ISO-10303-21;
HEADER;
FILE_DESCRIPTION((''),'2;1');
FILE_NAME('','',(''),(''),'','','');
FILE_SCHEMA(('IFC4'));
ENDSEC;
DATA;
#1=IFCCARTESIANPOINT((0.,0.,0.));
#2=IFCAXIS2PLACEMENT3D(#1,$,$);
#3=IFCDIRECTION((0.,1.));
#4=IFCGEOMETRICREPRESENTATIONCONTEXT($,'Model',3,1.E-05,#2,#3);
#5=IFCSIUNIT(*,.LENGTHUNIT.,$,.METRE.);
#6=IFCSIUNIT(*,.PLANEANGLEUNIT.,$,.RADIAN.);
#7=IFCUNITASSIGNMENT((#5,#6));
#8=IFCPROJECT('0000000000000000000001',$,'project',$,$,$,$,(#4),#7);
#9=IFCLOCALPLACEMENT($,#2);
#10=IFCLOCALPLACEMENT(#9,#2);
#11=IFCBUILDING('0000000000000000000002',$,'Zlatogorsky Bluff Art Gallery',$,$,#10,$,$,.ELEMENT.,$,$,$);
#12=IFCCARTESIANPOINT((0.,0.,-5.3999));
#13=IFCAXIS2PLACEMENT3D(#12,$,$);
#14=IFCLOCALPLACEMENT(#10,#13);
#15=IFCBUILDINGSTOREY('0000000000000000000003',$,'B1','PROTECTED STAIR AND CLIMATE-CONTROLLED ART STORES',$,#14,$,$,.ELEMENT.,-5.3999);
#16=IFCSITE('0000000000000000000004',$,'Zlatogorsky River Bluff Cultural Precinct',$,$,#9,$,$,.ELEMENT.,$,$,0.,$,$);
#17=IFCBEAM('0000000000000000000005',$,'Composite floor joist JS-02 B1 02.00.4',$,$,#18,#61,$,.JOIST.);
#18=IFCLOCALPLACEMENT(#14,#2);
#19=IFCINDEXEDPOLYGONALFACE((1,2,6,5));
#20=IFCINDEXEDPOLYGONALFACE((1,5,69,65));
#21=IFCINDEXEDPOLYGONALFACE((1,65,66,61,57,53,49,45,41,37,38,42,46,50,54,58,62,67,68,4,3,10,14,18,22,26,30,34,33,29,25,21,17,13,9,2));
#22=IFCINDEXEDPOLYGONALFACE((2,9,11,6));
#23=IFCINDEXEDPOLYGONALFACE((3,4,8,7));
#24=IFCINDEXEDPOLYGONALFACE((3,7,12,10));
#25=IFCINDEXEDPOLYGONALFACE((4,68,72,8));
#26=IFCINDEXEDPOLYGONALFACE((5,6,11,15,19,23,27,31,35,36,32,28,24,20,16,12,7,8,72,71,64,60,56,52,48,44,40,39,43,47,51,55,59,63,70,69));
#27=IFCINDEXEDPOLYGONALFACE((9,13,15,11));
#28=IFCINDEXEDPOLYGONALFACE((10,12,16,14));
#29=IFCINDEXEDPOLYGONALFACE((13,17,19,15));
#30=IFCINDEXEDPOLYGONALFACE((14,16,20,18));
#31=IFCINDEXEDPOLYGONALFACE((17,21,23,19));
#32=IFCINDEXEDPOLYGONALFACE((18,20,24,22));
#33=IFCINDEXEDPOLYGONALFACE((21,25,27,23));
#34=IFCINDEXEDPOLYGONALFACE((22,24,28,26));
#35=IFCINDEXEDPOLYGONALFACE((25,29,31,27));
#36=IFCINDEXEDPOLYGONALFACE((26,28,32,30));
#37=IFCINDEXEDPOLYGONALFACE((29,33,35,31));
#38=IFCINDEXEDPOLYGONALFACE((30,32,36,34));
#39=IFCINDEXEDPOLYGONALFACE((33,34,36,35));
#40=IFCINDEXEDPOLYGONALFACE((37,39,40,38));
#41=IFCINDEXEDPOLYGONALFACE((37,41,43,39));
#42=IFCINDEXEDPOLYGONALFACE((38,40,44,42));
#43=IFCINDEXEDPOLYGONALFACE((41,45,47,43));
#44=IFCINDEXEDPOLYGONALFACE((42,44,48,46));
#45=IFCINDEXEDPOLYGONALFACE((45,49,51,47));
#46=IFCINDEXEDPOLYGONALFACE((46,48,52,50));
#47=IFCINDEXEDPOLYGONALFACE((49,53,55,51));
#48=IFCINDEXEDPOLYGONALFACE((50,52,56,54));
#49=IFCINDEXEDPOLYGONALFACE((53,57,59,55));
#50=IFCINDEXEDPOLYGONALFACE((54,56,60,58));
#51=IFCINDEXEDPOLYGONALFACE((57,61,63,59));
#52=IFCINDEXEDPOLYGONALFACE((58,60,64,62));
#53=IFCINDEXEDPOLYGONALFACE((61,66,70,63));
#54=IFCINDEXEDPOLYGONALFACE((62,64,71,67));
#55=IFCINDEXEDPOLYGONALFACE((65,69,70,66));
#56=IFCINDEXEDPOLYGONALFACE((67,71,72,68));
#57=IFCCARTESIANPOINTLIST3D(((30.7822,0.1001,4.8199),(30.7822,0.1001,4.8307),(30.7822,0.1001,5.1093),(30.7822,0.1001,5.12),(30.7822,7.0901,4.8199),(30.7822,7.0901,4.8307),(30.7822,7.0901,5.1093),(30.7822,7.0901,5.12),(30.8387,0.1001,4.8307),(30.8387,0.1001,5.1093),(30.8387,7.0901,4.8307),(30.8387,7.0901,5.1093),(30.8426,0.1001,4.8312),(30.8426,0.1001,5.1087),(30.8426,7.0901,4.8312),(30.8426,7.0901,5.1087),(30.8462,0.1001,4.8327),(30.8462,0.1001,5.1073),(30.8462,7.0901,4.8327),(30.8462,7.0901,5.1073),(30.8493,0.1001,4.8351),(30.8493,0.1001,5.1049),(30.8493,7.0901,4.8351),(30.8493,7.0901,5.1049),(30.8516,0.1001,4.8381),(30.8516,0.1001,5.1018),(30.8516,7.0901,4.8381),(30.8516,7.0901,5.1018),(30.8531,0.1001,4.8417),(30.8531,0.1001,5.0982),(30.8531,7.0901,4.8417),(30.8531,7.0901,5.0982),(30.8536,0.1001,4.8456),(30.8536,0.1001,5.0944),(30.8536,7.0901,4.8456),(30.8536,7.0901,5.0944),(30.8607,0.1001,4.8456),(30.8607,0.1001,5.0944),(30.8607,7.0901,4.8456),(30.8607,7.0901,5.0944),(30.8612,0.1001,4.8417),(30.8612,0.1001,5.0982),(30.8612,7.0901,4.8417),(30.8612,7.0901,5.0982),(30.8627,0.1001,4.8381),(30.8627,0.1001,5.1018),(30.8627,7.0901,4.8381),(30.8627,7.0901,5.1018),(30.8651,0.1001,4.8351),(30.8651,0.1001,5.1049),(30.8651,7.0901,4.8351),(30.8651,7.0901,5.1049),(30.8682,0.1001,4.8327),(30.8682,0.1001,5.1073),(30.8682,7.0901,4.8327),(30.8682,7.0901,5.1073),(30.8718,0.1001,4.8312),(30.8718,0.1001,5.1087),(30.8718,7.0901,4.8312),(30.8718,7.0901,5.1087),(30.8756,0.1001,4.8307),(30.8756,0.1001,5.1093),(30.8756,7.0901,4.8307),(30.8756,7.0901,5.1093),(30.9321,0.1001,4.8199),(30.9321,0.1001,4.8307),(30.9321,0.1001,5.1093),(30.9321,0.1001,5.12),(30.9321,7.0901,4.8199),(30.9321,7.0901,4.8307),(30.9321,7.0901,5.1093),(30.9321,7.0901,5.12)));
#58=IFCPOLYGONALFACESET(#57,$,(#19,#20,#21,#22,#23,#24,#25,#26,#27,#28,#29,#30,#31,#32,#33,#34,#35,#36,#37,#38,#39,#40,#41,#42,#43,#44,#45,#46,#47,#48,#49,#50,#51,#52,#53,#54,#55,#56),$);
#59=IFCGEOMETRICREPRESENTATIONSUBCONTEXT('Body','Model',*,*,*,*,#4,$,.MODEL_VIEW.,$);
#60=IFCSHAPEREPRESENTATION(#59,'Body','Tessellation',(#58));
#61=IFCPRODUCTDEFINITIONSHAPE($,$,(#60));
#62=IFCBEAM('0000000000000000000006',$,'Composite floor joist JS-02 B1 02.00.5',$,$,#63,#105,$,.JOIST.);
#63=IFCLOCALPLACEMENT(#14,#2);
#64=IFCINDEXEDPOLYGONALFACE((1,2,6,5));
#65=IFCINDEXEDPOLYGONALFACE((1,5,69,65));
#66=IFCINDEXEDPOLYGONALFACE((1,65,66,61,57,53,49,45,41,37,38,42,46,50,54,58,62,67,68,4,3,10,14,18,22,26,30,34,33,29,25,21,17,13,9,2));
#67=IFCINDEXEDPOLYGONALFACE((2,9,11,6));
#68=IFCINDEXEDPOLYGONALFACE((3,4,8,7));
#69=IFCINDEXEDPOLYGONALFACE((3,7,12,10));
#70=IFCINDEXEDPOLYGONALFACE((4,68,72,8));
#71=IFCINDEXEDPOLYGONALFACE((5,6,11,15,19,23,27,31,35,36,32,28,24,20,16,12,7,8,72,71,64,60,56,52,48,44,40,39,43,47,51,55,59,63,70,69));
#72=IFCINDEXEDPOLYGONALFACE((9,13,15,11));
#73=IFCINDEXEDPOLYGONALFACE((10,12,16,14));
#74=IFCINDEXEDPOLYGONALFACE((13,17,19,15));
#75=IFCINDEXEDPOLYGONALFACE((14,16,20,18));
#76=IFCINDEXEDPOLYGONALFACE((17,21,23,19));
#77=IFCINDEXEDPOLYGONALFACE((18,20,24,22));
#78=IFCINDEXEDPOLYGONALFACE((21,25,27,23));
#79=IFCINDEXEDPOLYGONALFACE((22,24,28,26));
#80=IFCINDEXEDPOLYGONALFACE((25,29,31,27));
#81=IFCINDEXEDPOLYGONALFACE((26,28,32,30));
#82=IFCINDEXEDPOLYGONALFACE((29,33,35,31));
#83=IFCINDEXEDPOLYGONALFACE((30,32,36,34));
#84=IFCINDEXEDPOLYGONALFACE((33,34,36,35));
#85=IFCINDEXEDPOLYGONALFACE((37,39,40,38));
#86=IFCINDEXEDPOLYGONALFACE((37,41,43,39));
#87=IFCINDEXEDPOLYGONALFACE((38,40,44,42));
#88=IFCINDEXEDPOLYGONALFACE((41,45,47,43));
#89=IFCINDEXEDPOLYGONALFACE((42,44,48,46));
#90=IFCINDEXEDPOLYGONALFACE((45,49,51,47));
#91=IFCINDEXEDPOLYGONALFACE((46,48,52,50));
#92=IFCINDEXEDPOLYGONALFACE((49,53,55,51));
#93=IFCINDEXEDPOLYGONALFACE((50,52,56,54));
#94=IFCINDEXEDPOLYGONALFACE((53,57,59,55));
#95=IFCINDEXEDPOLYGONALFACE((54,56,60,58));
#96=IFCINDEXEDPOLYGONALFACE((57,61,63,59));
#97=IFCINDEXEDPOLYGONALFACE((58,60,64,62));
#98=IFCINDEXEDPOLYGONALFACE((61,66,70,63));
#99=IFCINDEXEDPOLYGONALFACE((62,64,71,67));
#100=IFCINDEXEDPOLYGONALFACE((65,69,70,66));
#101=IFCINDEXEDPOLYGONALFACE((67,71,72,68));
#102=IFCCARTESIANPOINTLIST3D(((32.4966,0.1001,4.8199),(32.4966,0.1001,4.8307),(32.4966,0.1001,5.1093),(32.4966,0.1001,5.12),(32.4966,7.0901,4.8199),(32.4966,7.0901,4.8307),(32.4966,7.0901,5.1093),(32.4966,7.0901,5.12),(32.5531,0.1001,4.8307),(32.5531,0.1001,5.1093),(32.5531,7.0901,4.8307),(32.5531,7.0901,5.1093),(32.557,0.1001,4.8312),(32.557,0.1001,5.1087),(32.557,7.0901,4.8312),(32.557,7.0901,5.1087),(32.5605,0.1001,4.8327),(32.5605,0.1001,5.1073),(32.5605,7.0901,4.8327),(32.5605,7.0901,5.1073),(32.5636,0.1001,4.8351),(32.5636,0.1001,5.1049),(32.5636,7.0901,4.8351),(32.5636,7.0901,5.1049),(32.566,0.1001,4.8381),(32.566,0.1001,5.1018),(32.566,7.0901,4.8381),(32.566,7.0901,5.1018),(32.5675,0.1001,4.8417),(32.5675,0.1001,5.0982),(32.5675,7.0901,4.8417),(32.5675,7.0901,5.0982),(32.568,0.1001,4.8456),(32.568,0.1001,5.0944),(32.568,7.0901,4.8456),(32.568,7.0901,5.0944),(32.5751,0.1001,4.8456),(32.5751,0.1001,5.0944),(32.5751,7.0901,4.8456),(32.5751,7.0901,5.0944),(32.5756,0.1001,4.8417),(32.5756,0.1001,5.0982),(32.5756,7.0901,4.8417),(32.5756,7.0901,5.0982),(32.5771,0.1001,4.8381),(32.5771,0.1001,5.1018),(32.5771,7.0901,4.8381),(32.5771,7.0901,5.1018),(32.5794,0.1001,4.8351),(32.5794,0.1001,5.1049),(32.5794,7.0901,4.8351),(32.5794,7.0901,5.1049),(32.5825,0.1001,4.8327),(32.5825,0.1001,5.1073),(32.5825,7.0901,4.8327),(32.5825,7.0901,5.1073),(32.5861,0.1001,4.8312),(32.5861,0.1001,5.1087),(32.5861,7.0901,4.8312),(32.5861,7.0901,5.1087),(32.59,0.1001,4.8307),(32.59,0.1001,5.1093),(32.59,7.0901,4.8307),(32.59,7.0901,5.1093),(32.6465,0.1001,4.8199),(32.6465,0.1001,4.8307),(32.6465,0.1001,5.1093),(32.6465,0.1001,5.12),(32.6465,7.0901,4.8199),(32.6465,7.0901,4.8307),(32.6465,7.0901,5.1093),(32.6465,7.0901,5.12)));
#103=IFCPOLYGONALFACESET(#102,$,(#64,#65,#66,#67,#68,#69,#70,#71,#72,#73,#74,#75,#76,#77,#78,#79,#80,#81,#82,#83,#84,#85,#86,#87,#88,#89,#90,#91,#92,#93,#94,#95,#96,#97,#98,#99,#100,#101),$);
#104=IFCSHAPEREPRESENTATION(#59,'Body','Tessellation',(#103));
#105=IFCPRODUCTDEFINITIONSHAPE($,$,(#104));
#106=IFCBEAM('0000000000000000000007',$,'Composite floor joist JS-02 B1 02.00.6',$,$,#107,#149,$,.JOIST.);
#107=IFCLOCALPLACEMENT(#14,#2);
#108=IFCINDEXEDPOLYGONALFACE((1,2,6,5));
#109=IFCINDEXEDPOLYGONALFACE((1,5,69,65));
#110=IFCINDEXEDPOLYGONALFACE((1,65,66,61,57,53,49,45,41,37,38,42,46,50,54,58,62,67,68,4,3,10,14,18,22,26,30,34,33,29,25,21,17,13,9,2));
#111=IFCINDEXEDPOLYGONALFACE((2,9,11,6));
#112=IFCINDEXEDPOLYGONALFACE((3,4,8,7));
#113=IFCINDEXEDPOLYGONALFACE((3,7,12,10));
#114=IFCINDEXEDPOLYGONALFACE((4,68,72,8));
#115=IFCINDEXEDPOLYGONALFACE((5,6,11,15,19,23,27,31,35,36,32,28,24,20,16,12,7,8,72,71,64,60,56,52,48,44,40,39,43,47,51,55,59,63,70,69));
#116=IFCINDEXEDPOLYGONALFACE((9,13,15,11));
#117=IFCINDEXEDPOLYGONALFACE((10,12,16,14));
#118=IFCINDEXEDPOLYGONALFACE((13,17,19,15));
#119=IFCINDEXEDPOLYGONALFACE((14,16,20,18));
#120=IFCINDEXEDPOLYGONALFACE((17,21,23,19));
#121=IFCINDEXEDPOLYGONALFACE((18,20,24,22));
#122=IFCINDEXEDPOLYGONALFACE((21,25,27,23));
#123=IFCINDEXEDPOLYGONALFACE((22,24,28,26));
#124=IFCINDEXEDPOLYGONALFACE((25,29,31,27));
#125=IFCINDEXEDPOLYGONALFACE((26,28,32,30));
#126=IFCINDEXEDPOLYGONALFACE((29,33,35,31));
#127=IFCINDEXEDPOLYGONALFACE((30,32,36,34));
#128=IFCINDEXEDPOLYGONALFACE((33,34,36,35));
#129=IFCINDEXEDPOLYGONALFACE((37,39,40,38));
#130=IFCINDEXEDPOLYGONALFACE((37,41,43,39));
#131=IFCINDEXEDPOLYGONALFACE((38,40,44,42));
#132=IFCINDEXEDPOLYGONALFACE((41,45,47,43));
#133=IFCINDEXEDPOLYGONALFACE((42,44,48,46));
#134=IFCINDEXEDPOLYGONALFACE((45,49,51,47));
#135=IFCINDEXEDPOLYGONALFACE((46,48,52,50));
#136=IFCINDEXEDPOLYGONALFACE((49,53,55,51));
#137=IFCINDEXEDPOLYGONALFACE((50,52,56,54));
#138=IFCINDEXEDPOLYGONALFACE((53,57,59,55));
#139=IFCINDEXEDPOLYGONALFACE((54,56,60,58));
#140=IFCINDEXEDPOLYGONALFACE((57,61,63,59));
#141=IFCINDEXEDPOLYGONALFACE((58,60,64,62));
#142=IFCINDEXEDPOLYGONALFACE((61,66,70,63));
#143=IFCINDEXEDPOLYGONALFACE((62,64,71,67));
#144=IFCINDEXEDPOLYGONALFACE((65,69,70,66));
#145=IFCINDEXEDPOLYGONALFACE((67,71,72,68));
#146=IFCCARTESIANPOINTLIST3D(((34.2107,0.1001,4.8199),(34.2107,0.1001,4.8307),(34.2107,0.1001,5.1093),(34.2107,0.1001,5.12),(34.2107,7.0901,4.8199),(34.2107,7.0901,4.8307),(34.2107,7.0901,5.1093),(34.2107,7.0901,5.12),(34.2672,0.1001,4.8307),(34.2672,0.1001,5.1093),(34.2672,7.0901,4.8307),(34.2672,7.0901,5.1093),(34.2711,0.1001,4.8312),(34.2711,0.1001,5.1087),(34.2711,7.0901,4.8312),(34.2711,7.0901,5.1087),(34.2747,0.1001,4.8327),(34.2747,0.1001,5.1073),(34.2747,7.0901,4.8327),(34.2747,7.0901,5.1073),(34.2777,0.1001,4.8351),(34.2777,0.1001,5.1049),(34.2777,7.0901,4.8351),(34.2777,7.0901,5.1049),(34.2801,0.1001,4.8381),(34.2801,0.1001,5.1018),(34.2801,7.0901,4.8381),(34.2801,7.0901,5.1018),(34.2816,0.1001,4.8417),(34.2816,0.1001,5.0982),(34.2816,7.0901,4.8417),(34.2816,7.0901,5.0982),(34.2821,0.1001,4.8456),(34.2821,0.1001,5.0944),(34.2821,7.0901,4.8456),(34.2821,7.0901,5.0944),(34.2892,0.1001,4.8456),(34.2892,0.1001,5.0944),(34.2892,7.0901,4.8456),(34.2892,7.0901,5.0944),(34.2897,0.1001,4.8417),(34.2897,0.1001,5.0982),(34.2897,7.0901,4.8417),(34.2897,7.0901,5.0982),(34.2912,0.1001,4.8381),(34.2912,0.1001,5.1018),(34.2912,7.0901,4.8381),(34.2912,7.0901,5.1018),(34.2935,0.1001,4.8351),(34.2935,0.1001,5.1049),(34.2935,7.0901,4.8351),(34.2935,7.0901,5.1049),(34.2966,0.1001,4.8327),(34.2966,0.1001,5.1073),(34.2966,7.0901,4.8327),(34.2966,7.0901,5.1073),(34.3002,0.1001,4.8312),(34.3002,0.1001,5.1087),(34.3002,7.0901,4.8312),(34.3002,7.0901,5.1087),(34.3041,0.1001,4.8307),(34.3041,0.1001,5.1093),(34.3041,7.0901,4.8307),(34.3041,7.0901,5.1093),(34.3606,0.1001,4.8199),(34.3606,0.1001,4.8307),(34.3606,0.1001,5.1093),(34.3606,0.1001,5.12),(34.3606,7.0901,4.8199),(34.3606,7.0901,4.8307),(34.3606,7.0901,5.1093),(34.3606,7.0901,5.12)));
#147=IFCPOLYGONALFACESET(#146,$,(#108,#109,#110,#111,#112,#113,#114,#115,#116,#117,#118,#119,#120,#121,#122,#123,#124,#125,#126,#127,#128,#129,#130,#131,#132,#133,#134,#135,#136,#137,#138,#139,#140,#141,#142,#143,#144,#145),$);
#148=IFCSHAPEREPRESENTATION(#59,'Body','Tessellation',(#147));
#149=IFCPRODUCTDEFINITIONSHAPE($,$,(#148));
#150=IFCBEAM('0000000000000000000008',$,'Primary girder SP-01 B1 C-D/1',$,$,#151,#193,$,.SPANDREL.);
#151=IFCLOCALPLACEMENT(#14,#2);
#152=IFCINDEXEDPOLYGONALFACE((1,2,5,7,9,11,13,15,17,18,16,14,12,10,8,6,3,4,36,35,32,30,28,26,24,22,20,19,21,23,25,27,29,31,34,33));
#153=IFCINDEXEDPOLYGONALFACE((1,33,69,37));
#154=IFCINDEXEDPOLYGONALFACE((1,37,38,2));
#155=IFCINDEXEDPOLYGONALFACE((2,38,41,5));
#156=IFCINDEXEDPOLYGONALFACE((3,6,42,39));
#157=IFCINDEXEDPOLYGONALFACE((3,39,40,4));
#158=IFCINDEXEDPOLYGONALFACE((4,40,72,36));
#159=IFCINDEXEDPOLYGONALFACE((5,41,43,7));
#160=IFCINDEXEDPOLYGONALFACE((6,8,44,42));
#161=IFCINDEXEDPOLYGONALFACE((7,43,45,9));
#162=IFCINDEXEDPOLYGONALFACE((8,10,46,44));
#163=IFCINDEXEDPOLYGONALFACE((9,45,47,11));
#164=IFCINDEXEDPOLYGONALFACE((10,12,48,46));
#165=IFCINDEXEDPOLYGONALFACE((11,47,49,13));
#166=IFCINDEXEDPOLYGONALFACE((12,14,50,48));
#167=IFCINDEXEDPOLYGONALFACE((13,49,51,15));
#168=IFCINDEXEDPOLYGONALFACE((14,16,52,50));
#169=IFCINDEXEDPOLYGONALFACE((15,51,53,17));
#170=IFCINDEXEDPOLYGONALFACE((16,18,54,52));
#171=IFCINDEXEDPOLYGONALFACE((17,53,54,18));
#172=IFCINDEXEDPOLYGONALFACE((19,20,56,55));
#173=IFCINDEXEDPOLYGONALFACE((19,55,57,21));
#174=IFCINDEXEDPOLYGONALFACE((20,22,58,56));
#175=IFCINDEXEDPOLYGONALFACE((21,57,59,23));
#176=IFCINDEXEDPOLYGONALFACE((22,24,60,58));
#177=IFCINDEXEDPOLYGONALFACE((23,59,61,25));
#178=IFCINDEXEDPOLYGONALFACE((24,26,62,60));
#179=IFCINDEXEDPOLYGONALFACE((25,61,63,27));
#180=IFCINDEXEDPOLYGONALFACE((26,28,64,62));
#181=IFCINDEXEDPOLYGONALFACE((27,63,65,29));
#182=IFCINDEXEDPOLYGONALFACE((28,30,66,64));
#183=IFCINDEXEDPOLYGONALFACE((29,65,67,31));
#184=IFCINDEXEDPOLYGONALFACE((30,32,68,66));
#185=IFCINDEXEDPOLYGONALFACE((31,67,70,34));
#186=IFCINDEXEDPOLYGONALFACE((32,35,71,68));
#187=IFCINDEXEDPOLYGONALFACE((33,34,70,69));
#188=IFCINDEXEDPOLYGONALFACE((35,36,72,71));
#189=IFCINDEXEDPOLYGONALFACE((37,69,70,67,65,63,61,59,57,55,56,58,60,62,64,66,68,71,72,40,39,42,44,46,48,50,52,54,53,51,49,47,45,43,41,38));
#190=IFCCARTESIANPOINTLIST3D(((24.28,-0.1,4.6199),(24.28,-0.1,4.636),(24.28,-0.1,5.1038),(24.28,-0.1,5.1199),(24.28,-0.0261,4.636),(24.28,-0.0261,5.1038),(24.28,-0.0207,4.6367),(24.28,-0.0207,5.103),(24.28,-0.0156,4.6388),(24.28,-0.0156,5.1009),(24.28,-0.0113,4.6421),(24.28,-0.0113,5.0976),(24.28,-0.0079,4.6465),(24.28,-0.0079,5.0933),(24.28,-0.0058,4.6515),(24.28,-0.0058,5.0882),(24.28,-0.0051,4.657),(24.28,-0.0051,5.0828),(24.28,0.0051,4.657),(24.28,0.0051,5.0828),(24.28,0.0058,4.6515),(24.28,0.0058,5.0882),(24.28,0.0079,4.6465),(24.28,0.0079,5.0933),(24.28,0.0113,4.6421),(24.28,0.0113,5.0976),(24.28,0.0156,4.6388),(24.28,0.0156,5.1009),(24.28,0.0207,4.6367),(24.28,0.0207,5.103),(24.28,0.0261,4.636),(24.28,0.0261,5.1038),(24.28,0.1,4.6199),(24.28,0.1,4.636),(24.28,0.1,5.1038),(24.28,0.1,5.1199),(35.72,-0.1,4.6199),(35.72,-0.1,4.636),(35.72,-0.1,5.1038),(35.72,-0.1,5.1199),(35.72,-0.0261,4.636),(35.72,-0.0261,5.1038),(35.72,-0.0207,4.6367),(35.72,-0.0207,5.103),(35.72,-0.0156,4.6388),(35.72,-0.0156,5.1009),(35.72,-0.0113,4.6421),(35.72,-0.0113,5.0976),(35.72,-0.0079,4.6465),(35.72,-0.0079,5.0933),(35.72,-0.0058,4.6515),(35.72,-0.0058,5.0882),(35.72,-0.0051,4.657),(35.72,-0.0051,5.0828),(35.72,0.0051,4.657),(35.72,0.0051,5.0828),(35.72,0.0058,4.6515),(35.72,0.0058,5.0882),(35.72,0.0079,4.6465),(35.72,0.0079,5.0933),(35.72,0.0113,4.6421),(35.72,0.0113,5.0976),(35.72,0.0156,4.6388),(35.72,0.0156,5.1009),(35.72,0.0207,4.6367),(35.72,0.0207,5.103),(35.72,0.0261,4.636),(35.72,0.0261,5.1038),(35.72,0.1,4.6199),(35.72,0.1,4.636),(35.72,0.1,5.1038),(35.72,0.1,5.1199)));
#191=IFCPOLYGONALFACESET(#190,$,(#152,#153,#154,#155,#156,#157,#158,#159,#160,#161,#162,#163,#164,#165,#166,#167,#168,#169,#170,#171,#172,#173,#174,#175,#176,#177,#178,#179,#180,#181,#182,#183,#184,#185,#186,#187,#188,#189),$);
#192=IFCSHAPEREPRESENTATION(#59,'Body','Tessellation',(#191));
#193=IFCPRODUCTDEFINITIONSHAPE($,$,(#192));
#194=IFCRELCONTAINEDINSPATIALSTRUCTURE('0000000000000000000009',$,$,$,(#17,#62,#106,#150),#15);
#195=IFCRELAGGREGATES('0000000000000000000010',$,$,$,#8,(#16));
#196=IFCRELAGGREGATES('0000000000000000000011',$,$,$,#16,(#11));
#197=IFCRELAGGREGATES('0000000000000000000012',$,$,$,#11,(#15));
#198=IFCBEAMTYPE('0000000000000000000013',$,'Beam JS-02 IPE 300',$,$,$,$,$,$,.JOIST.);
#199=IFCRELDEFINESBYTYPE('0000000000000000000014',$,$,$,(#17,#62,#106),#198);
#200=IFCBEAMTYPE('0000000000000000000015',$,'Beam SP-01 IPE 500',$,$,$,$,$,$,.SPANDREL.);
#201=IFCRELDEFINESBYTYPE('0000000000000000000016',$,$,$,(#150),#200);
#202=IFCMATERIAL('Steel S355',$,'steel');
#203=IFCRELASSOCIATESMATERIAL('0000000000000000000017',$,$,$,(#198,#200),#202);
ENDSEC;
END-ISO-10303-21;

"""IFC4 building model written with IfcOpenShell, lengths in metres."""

from ifc_helpers import new_model, si_unit, direction, frame, origin, origin_2d, place, context, subcontext, project, spatial, i_section, extrude, material, material_profile, profile_set, type_object, element, save


model = new_model("IFC4")

# Units and contexts
model_context = context("Model", 3, precision=1e-05, world=origin(), true_north=direction((0.0, 1.0)))
body_context = subcontext(model_context, "Body", "Model", "MODEL_VIEW")
ifc_project = project(units=[si_unit("LENGTHUNIT", "METRE"), si_unit("PLANEANGLEUNIT", "RADIAN")], contexts=[model_context])

# Site, building, storey
site_placement = place(None, origin())
site = spatial("IfcSite", under=ifc_project, at=site_placement, Name="Zlatogorsky River Bluff Cultural Precinct", CompositionType="ELEMENT", RefElevation=0.0)
building_placement = place(site_placement, origin())
building = spatial("IfcBuilding", under=site, at=building_placement, Name="Zlatogorsky Bluff Art Gallery", CompositionType="ELEMENT")
storey_placement = place(building_placement, frame((0.0, 0.0, -5.3999)))
storey = spatial("IfcBuildingStorey", under=building, at=storey_placement, Name="B1", Description="PROTECTED STAIR AND CLIMATE-CONTROLLED ART STORES", CompositionType="ELEMENT", Elevation=-5.3999)

# Beams
ifc_material_1 = material(Name="Steel S355", Category="steel")
ifc_material_profile_1 = material_profile(ifc_material_1, i_section(OverallWidth=0.1499, OverallDepth=0.3, WebThickness=0.0071, FlangeThickness=0.0107, FilletRadius=0.0149, at=origin_2d()), Name="IPE 300")
ifc_profile_set_1 = profile_set([ifc_material_profile_1], Name="Steel S355")
beam_type_1 = type_object("IfcBeamType", Name="Beam JS-02 IPE 300", PredefinedType="JOIST", material=ifc_profile_set_1)
for number, where, z_axis, x_axis, name in (
    (1, (30.8572, 0.1001, 4.97), (0.0, 1.0, 0.0), (-1.0, 0.0, 0.0), "Composite floor joist JS-02 B1 02.00.4"),
    (2, (32.5715, 0.1001, 4.97), (0.0, 1.0, 0.0), (-1.0, 0.0, 0.0), "Composite floor joist JS-02 B1 02.00.5"),
    (3, (34.2856, 0.1001, 4.97), (0.0, 1.0, 0.0), (-1.0, 0.0, 0.0), "Composite floor joist JS-02 B1 02.00.6"),
):
    element("IfcBeam", number, at=place(storey_placement, frame(where, z_axis=z_axis, x_axis=x_axis)), inside=storey, type_object=beam_type_1, Name=name, PredefinedType="JOIST", context=body_context, shape_type="SweptSolid", body=[
        extrude(i_section(OverallWidth=0.1499, OverallDepth=0.3, WebThickness=0.0071, FlangeThickness=0.0107, FilletRadius=0.0149, at=origin_2d()), origin(), (0.0, 0.0, 1.0), 6.99),
    ])
ifc_material_profile_2 = material_profile(ifc_material_1, i_section(OverallWidth=0.2, OverallDepth=0.5, WebThickness=0.0103, FlangeThickness=0.0161, FilletRadius=0.021, at=origin_2d()), Name="IPE 500")
ifc_profile_set_2 = profile_set([ifc_material_profile_2], Name="Steel S355")
beam_type_2 = type_object("IfcBeamType", Name="Beam SP-01 IPE 500", PredefinedType="SPANDREL", material=ifc_profile_set_2)
beam_1_placement = place(storey_placement, frame((24.28, 0.0, 4.8699), z_axis=(1.0, 0.0, 0.0), x_axis=(0.0, 1.0, 0.0)))
element("IfcBeam", 4, at=beam_1_placement, inside=storey, type_object=beam_type_2, Name="Primary girder SP-01 B1 C-D/1", PredefinedType="SPANDREL", context=body_context, shape_type="SweptSolid", body=[
    extrude(i_section(OverallWidth=0.2, OverallDepth=0.5, WebThickness=0.0103, FlangeThickness=0.0161, FilletRadius=0.021, at=origin_2d()), origin(), (0.0, 0.0, 1.0), 11.4399),
])

save(model, "model.ifc")
